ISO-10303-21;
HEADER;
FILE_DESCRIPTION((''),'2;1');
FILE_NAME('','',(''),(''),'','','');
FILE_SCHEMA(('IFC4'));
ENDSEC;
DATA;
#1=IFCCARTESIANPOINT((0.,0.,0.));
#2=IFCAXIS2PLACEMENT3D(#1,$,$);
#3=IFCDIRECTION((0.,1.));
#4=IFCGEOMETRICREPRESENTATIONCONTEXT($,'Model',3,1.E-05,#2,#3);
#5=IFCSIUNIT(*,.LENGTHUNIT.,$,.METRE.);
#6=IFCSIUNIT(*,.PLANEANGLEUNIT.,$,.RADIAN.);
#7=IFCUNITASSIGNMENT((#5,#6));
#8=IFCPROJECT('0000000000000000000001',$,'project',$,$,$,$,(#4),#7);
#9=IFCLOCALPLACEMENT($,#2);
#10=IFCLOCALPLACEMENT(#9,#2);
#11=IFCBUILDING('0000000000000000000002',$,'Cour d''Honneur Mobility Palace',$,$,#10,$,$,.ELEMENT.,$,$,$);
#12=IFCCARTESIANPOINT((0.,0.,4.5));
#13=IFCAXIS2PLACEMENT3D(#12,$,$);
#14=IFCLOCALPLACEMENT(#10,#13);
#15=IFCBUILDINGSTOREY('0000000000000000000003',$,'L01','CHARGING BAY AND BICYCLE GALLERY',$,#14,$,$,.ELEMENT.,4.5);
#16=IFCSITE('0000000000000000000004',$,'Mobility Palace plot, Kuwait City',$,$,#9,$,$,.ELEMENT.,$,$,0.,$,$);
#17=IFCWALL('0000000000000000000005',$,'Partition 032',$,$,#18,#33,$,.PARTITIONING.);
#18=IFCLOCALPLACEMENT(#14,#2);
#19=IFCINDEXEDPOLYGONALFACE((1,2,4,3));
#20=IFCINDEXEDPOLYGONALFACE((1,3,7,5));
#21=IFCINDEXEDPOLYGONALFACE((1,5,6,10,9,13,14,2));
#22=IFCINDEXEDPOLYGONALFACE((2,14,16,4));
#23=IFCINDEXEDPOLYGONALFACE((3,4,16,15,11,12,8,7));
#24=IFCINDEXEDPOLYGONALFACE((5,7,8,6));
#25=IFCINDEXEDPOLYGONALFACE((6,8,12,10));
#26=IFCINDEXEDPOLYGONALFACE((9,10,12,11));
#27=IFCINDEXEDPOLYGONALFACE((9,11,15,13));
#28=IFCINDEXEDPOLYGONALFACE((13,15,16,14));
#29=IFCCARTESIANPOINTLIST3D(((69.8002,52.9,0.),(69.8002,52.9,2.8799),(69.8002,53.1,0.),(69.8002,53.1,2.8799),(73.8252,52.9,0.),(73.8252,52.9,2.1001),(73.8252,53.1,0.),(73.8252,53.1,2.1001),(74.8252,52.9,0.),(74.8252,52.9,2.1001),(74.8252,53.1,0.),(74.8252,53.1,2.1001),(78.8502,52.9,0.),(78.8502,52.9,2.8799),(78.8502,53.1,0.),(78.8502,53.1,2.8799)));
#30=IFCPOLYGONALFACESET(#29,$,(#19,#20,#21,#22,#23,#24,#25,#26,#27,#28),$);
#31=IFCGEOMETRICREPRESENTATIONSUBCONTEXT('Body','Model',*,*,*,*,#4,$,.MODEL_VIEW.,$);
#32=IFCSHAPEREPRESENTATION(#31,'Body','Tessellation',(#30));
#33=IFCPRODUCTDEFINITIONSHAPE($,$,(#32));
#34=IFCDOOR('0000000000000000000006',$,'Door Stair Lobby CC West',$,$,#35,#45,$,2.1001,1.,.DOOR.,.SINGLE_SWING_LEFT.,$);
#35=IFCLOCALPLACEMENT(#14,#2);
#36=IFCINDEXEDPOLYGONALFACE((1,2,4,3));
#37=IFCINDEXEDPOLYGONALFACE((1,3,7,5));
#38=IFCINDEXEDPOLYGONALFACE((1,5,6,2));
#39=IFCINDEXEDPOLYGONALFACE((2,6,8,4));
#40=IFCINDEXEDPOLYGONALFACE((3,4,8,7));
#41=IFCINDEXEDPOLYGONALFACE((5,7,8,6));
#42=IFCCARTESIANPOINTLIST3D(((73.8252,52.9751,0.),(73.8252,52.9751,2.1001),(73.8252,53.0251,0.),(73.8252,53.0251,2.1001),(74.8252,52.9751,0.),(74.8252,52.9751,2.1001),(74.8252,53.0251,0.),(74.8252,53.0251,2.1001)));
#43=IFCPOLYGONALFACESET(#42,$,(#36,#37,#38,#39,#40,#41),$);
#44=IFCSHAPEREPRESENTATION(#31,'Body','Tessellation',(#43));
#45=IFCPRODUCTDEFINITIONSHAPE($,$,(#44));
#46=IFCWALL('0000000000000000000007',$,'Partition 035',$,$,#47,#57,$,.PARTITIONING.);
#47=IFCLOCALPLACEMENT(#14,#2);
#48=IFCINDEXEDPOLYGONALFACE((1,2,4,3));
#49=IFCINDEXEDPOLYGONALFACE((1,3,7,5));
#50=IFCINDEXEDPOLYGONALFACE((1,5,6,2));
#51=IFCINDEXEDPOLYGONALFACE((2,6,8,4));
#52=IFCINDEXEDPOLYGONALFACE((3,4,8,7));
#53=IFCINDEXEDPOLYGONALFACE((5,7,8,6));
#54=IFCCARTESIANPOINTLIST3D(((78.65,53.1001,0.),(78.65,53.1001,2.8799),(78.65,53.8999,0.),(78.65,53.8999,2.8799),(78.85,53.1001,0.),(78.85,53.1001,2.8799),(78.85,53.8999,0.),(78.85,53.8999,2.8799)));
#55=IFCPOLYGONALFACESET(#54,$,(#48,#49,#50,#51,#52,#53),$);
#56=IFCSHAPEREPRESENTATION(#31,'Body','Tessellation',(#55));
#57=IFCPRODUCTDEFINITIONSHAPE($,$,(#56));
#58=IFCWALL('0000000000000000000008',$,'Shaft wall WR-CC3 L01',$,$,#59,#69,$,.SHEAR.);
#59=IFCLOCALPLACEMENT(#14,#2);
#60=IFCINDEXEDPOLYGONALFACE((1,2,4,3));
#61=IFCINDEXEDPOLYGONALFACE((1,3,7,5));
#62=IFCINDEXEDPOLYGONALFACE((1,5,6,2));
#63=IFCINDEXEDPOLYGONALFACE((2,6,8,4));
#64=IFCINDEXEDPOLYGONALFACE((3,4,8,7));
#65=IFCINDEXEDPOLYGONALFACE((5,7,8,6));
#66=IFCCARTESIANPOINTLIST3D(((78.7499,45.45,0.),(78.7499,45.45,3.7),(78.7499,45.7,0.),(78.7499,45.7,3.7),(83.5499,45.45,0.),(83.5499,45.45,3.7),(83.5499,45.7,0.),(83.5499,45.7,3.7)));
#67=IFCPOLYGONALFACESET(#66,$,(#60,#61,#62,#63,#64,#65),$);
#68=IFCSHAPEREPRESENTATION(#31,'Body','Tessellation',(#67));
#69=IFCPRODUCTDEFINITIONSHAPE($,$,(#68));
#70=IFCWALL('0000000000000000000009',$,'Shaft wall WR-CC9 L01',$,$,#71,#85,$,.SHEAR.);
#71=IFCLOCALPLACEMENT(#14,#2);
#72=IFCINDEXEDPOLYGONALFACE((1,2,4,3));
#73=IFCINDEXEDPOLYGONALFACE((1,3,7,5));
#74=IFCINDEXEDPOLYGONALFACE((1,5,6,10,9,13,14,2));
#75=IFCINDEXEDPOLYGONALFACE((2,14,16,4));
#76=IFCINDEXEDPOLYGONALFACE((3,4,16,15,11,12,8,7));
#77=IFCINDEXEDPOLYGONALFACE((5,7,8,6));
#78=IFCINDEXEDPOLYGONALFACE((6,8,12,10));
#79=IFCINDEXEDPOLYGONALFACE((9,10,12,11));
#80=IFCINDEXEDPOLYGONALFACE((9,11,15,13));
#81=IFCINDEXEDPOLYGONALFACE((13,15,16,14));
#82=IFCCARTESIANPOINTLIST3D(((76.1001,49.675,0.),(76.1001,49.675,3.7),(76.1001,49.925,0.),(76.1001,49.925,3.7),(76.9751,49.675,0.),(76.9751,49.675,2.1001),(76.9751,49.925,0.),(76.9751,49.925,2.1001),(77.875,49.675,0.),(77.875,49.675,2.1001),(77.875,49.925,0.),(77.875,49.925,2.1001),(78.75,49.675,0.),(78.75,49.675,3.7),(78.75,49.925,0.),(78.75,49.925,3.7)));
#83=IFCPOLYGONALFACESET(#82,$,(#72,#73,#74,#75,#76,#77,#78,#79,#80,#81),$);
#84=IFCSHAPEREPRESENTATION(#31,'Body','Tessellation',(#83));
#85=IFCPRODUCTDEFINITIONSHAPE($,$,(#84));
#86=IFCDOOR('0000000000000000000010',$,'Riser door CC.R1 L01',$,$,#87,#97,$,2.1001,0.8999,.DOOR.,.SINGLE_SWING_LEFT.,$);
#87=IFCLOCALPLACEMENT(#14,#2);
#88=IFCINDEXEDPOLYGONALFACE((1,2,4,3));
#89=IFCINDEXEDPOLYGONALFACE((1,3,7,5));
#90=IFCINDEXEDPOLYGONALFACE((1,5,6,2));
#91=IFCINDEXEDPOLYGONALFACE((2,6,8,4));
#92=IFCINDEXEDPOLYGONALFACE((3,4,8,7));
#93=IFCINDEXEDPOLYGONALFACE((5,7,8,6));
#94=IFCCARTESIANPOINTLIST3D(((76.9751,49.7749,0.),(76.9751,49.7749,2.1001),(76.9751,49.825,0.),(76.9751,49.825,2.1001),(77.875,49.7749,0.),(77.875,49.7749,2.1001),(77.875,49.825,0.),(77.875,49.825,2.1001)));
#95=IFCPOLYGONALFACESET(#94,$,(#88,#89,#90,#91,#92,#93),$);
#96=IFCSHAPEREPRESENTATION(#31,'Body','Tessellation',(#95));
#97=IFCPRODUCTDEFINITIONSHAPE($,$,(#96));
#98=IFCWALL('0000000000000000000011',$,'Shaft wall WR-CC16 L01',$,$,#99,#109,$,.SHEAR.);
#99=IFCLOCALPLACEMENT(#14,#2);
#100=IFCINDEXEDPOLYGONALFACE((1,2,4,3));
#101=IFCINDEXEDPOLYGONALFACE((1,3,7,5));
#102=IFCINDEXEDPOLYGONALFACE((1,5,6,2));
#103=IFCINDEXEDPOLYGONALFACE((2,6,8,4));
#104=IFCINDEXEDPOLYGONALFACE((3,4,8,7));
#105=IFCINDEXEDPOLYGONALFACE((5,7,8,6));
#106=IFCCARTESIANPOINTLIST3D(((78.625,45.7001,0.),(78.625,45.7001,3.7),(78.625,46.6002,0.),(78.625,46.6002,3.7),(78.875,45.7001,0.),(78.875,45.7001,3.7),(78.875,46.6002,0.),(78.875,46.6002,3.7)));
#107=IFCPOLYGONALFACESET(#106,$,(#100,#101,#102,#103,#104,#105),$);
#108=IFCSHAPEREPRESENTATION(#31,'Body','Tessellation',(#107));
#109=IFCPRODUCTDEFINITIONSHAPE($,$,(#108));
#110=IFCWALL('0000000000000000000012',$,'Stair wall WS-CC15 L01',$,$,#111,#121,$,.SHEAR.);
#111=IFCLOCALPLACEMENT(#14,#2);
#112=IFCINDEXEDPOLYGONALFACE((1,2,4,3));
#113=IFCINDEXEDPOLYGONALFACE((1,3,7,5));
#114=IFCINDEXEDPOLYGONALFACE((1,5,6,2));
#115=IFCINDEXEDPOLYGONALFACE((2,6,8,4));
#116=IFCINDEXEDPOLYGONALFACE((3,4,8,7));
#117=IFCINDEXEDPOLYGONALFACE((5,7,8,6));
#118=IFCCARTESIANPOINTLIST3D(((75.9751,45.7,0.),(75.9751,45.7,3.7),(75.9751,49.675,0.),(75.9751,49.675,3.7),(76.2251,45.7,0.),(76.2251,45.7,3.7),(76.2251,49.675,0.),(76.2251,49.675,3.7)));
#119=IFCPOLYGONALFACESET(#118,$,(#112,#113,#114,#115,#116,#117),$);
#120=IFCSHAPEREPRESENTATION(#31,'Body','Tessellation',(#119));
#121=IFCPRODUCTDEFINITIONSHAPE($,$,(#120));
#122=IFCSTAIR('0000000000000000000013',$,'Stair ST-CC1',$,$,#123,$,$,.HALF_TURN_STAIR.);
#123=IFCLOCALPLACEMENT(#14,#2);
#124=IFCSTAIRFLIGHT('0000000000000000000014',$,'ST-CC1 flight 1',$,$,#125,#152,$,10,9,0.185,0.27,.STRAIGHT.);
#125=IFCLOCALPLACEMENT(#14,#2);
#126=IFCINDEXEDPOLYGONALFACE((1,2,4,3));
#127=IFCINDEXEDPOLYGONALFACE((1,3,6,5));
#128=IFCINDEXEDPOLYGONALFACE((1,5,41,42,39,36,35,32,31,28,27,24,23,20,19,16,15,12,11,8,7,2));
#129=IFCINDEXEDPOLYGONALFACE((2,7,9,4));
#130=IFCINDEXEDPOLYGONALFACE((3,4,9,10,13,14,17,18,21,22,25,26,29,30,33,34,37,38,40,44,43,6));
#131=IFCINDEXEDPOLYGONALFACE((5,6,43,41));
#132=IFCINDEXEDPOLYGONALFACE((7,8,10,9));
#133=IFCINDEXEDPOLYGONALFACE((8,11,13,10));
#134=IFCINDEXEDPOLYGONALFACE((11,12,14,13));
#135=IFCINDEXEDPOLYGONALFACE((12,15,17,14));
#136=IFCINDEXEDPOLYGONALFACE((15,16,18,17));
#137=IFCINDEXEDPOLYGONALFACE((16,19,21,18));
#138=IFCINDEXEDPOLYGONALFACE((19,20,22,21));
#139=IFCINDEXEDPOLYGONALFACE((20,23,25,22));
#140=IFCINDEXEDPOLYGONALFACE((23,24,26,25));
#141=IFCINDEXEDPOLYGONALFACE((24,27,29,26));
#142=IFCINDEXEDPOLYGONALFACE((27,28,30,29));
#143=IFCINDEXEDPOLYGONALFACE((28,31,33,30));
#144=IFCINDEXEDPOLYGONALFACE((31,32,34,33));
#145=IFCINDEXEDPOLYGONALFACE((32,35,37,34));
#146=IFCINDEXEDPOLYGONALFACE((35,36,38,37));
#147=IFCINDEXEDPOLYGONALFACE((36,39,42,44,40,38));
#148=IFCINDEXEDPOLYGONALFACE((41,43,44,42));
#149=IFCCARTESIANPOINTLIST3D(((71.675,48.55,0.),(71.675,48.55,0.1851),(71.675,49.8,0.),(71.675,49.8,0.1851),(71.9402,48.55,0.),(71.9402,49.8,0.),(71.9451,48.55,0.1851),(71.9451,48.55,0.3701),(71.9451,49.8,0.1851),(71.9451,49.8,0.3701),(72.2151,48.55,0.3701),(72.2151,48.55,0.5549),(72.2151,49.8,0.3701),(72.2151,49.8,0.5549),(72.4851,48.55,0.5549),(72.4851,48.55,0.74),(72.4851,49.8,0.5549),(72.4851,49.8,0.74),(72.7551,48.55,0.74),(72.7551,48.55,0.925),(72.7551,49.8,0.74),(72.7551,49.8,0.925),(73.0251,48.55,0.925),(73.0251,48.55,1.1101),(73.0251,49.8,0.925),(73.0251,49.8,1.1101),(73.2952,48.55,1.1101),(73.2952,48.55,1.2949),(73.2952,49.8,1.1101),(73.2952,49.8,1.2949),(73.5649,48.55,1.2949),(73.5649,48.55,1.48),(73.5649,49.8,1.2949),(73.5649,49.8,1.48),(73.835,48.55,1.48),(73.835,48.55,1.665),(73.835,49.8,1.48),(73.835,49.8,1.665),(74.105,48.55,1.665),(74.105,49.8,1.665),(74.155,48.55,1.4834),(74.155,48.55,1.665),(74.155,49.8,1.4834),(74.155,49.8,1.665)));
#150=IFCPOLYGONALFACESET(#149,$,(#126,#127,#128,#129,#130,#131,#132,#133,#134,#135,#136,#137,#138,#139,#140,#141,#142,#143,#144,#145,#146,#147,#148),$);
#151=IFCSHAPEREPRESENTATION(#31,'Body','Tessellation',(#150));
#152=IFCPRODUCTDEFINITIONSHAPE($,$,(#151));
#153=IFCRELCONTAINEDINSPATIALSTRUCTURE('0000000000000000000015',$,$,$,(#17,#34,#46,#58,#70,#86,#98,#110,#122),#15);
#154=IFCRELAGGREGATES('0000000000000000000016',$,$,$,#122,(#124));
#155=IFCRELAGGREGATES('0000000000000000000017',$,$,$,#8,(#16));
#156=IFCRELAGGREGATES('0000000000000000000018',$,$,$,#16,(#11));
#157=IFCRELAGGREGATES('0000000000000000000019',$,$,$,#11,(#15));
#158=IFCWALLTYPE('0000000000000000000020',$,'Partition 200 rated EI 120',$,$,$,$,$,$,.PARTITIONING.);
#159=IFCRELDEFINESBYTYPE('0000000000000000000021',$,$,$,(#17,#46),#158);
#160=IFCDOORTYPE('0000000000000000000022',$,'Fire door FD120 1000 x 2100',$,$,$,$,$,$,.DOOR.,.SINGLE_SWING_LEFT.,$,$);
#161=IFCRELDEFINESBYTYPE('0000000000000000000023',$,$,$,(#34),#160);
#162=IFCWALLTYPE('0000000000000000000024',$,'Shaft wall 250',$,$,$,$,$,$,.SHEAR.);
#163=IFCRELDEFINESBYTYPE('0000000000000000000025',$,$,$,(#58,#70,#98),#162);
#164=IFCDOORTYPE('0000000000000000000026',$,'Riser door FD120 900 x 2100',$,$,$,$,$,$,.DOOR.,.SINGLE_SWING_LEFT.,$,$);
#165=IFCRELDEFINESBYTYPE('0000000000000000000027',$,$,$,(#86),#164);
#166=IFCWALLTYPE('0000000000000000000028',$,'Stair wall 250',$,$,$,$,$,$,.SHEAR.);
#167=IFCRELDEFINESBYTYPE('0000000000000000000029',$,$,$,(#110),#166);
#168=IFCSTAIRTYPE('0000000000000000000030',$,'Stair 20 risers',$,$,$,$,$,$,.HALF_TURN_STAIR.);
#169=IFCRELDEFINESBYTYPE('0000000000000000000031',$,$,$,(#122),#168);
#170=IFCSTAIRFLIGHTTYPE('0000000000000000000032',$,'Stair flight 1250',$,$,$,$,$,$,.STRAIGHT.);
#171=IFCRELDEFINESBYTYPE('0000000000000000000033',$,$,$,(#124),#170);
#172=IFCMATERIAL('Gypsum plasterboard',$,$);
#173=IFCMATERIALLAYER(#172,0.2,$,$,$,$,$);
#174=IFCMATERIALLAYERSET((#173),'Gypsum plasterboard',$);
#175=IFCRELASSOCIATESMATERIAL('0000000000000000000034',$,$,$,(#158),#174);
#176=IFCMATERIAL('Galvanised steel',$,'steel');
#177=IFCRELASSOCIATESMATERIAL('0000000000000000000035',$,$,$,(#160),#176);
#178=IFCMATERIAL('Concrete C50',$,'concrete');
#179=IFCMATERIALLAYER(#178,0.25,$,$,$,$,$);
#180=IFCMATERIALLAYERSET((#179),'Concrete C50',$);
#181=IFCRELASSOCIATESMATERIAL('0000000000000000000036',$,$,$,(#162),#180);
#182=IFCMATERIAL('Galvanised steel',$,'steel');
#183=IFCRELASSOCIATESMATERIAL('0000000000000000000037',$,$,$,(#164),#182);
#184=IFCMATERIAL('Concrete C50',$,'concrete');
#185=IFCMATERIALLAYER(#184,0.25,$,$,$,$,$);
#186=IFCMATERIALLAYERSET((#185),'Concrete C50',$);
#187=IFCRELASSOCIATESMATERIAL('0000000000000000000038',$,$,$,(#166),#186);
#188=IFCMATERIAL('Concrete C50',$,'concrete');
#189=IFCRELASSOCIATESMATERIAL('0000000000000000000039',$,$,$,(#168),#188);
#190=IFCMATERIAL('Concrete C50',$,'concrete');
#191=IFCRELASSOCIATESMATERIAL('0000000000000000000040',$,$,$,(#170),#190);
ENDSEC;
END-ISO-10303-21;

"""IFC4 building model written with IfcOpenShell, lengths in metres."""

from ifc_helpers import new_model, si_unit, direction, frame, frame_2d, origin, place, context, subcontext, project, spatial, polyline, rectangle, outline, extrude, material, layer, layer_set, type_object, element, fill, aggregate, save


model = new_model("IFC4")

# Units and contexts
model_context = context("Model", 3, precision=1e-05, world=origin(), true_north=direction((0.0, 1.0)))
body_context = subcontext(model_context, "Body", "Model", "MODEL_VIEW")
ifc_project = project(units=[si_unit("LENGTHUNIT", "METRE"), si_unit("PLANEANGLEUNIT", "RADIAN")], contexts=[model_context])

# Site, building, storey
site_placement = place(None, origin())
site = spatial("IfcSite", under=ifc_project, at=site_placement, Name="Mobility Palace plot, Kuwait City", CompositionType="ELEMENT", RefElevation=0.0)
building_placement = place(site_placement, origin())
building = spatial("IfcBuilding", under=site, at=building_placement, Name="Cour d'Honneur Mobility Palace", CompositionType="ELEMENT")
storey_placement = place(building_placement, frame((0.0, 0.0, 4.5)))
storey = spatial("IfcBuildingStorey", under=building, at=storey_placement, Name="L01", Description="CHARGING BAY AND BICYCLE GALLERY", CompositionType="ELEMENT", Elevation=4.5)

# Wall, opening, door
ifc_material_1 = material(Name="Gypsum plasterboard")
ifc_layer_1 = layer(ifc_material_1, 0.2)
ifc_layer_set_1 = layer_set([ifc_layer_1], Name="Gypsum plasterboard")
wall_type_1 = type_object("IfcWallType", Name="Partition 200 rated EI 120", PredefinedType="PARTITIONING", material=ifc_layer_set_1)
ifc_material_2 = material(Name="Galvanised steel", Category="steel")
door_type_1 = type_object("IfcDoorType", Name="Fire door FD120 1000 x 2100", OperationType="SINGLE_SWING_LEFT", PredefinedType="DOOR", material=ifc_material_2)
wall_1_placement = place(storey_placement, frame((78.8501, 53.0, 0.0), z_axis=(0.0, 0.0, 1.0), x_axis=(-1.0, 0.0, 0.0)))
wall_1 = element("IfcWall", 1, at=wall_1_placement, inside=storey, type_object=wall_type_1, Name="Partition 032", PredefinedType="PARTITIONING", context=body_context, shape_type="SweptSolid", body=[
    extrude(rectangle(XDim=9.05, YDim=0.2, at=frame_2d((4.5249, 0.0))), origin(), (0.0, 0.0, 1.0), 2.8799),
])
opening_1_placement = place(wall_1_placement, frame((4.0249, 0.0, 0.0)))
opening_1 = element("IfcOpeningElement", 2, at=opening_1_placement, cuts=wall_1, PredefinedType="OPENING", context=body_context, shape_type="SweptSolid", body=[
    extrude(rectangle(XDim=1.0, YDim=2.1001, at=frame_2d((0.5, 1.05))), frame((0.0, 0.1099, 0.0), z_axis=(0.0, -1.0, 0.0), x_axis=(1.0, 0.0, 0.0)), (0.0, 0.0, 1.0), 0.22),
])
door_1_placement = place(opening_1_placement, origin())
door_1 = element("IfcDoor", 3, at=door_1_placement, inside=storey, type_object=door_type_1, Name="Door Stair Lobby CC West", OperationType="SINGLE_SWING_LEFT", OverallHeight=2.1001, OverallWidth=1.0, PredefinedType="DOOR", context=body_context, shape_type="SweptSolid", body=[
    extrude(rectangle(XDim=1.0, YDim=2.1001, at=frame_2d((0.5, 1.05))), frame((0.0, 0.0249, 0.0), z_axis=(0.0, -1.0, 0.0), x_axis=(1.0, 0.0, 0.0)), (0.0, 0.0, 1.0), 0.05),
])
fill(opening_1, door_1)

# Walls
wall_2_placement = place(storey_placement, frame((78.75, 53.8999, 0.0), z_axis=(0.0, 0.0, 1.0), x_axis=(0.0, -1.0, 0.0)))
element("IfcWall", 4, at=wall_2_placement, inside=storey, type_object=wall_type_1, Name="Partition 035", PredefinedType="PARTITIONING", context=body_context, shape_type="SweptSolid", body=[
    extrude(rectangle(XDim=0.7998, YDim=0.2, at=frame_2d((0.3999, 0.0))), origin(), (0.0, 0.0, 1.0), 2.8799),
])
ifc_material_3 = material(Name="Concrete C50", Category="concrete")
ifc_layer_2 = layer(ifc_material_3, 0.25)
ifc_layer_set_2 = layer_set([ifc_layer_2], Name="Concrete C50")
wall_type_2 = type_object("IfcWallType", Name="Shaft wall 250", PredefinedType="SHEAR", material=ifc_layer_set_2)
wall_3_placement = place(storey_placement, frame((78.75, 45.575, 0.0), z_axis=(0.0, 0.0, 1.0), x_axis=(1.0, 0.0, 0.0)))
element("IfcWall", 5, at=wall_3_placement, inside=storey, type_object=wall_type_2, Name="Shaft wall WR-CC3 L01", PredefinedType="SHEAR", context=body_context, shape_type="SweptSolid", body=[
    extrude(rectangle(XDim=4.8, YDim=0.25, at=frame_2d((2.3999, 0.0))), origin(), (0.0, 0.0, 1.0), 3.7),
])

# Wall, opening, door
wall_4_placement = place(storey_placement, frame((76.1001, 49.8, 0.0), z_axis=(0.0, 0.0, 1.0), x_axis=(1.0, 0.0, 0.0)))
wall_4 = element("IfcWall", 6, at=wall_4_placement, inside=storey, type_object=wall_type_2, Name="Shaft wall WR-CC9 L01", PredefinedType="SHEAR", context=body_context, shape_type="SweptSolid", body=[
    extrude(rectangle(XDim=2.6499, YDim=0.25, at=frame_2d((1.325, 0.0))), origin(), (0.0, 0.0, 1.0), 3.7),
])
opening_2_placement = place(wall_4_placement, frame((0.875, 0.0, 0.0)))
opening_2 = element("IfcOpeningElement", 7, at=opening_2_placement, cuts=wall_4, PredefinedType="OPENING", context=body_context, shape_type="SweptSolid", body=[
    extrude(rectangle(XDim=0.8999, YDim=2.1001, at=frame_2d((0.45, 1.05))), frame((0.0, 0.135, 0.0), z_axis=(0.0, -1.0, 0.0), x_axis=(1.0, 0.0, 0.0)), (0.0, 0.0, 1.0), 0.27),
])
ifc_material_4 = material(Name="Galvanised steel", Category="steel")
door_type_2 = type_object("IfcDoorType", Name="Riser door FD120 900 x 2100", OperationType="SINGLE_SWING_LEFT", PredefinedType="DOOR", material=ifc_material_4)
door_2_placement = place(opening_2_placement, origin())
door_2 = element("IfcDoor", 8, at=door_2_placement, inside=storey, type_object=door_type_2, Name="Riser door CC.R1 L01", OperationType="SINGLE_SWING_LEFT", OverallHeight=2.1001, OverallWidth=0.8999, PredefinedType="DOOR", context=body_context, shape_type="SweptSolid", body=[
    extrude(rectangle(XDim=0.8999, YDim=2.1001, at=frame_2d((0.45, 1.05))), frame((0.0, 0.0249, 0.0), z_axis=(0.0, -1.0, 0.0), x_axis=(1.0, 0.0, 0.0)), (0.0, 0.0, 1.0), 0.05),
])
fill(opening_2, door_2)

# Walls
wall_5_placement = place(storey_placement, frame((78.75, 45.7, 0.0), z_axis=(0.0, 0.0, 1.0), x_axis=(0.0, 1.0, 0.0)))
element("IfcWall", 9, at=wall_5_placement, inside=storey, type_object=wall_type_2, Name="Shaft wall WR-CC16 L01", PredefinedType="SHEAR", context=body_context, shape_type="SweptSolid", body=[
    extrude(rectangle(XDim=0.9001, YDim=0.25, at=frame_2d((0.4502, 0.0))), origin(), (0.0, 0.0, 1.0), 3.7),
])
ifc_material_5 = material(Name="Concrete C50", Category="concrete")
ifc_layer_3 = layer(ifc_material_5, 0.25)
ifc_layer_set_3 = layer_set([ifc_layer_3], Name="Concrete C50")
wall_type_3 = type_object("IfcWallType", Name="Stair wall 250", PredefinedType="SHEAR", material=ifc_layer_set_3)
wall_6_placement = place(storey_placement, frame((76.1001, 45.7, 0.0), z_axis=(0.0, 0.0, 1.0), x_axis=(0.0, 1.0, 0.0)))
element("IfcWall", 10, at=wall_6_placement, inside=storey, type_object=wall_type_3, Name="Stair wall WS-CC15 L01", PredefinedType="SHEAR", context=body_context, shape_type="SweptSolid", body=[
    extrude(rectangle(XDim=3.9751, YDim=0.25, at=frame_2d((1.9875, 0.0))), origin(), (0.0, 0.0, 1.0), 3.7),
])

# Stair, stair flight
ifc_material_6 = material(Name="Concrete C50", Category="concrete")
stair_type = type_object("IfcStairType", Name="Stair 20 risers", PredefinedType="HALF_TURN_STAIR", material=ifc_material_6)
stair_placement = place(storey_placement, origin())
stair = element("IfcStair", 11, at=stair_placement, inside=storey, type_object=stair_type, Name="Stair ST-CC1", PredefinedType="HALF_TURN_STAIR")
ifc_material_7 = material(Name="Concrete C50", Category="concrete")
stair_flight_type = type_object("IfcStairFlightType", Name="Stair flight 1250", PredefinedType="STRAIGHT", material=ifc_material_7)
stair_flight_1_placement = place(storey_placement, frame((71.675, 49.175, 0.0), z_axis=(0.0, 0.0, 1.0), x_axis=(1.0, 0.0, 0.0)))
stair_flight_1 = element("IfcStairFlight", 12, at=stair_flight_1_placement, type_object=stair_flight_type, Name="ST-CC1 flight 1", NumberOfRisers=10, NumberOfTreads=9, PredefinedType="STRAIGHT", RiserHeight=0.185, TreadLength=0.27, context=body_context, shape_type="SweptSolid", body=[
    extrude(outline(polyline([(0.0, 0.0), (0.0, 0.1851), (0.27, 0.1851), (0.27, 0.3701), (0.54, 0.3701), (0.54, 0.5549), (0.8101, 0.5549), (0.8101, 0.74), (1.0801, 0.74), (1.0801, 0.925), (1.3501, 0.925), (1.3501, 1.1101), (1.6201, 1.1101), (1.6201, 1.2949), (1.8899, 1.2949), (1.8899, 1.48), (2.1599, 1.48), (2.1599, 1.665), (2.4299, 1.665), (2.48, 1.665), (2.48, 1.4834), (0.2651, 0.0), (0.0, 0.0)])), frame((0.0, 0.625, 0.0), z_axis=(0.0, -1.0, 0.0), x_axis=(1.0, 0.0, 0.0)), (0.0, 0.0, 1.0), 1.25),
])
aggregate(stair, [stair_flight_1])

save(model, "model.ifc")
